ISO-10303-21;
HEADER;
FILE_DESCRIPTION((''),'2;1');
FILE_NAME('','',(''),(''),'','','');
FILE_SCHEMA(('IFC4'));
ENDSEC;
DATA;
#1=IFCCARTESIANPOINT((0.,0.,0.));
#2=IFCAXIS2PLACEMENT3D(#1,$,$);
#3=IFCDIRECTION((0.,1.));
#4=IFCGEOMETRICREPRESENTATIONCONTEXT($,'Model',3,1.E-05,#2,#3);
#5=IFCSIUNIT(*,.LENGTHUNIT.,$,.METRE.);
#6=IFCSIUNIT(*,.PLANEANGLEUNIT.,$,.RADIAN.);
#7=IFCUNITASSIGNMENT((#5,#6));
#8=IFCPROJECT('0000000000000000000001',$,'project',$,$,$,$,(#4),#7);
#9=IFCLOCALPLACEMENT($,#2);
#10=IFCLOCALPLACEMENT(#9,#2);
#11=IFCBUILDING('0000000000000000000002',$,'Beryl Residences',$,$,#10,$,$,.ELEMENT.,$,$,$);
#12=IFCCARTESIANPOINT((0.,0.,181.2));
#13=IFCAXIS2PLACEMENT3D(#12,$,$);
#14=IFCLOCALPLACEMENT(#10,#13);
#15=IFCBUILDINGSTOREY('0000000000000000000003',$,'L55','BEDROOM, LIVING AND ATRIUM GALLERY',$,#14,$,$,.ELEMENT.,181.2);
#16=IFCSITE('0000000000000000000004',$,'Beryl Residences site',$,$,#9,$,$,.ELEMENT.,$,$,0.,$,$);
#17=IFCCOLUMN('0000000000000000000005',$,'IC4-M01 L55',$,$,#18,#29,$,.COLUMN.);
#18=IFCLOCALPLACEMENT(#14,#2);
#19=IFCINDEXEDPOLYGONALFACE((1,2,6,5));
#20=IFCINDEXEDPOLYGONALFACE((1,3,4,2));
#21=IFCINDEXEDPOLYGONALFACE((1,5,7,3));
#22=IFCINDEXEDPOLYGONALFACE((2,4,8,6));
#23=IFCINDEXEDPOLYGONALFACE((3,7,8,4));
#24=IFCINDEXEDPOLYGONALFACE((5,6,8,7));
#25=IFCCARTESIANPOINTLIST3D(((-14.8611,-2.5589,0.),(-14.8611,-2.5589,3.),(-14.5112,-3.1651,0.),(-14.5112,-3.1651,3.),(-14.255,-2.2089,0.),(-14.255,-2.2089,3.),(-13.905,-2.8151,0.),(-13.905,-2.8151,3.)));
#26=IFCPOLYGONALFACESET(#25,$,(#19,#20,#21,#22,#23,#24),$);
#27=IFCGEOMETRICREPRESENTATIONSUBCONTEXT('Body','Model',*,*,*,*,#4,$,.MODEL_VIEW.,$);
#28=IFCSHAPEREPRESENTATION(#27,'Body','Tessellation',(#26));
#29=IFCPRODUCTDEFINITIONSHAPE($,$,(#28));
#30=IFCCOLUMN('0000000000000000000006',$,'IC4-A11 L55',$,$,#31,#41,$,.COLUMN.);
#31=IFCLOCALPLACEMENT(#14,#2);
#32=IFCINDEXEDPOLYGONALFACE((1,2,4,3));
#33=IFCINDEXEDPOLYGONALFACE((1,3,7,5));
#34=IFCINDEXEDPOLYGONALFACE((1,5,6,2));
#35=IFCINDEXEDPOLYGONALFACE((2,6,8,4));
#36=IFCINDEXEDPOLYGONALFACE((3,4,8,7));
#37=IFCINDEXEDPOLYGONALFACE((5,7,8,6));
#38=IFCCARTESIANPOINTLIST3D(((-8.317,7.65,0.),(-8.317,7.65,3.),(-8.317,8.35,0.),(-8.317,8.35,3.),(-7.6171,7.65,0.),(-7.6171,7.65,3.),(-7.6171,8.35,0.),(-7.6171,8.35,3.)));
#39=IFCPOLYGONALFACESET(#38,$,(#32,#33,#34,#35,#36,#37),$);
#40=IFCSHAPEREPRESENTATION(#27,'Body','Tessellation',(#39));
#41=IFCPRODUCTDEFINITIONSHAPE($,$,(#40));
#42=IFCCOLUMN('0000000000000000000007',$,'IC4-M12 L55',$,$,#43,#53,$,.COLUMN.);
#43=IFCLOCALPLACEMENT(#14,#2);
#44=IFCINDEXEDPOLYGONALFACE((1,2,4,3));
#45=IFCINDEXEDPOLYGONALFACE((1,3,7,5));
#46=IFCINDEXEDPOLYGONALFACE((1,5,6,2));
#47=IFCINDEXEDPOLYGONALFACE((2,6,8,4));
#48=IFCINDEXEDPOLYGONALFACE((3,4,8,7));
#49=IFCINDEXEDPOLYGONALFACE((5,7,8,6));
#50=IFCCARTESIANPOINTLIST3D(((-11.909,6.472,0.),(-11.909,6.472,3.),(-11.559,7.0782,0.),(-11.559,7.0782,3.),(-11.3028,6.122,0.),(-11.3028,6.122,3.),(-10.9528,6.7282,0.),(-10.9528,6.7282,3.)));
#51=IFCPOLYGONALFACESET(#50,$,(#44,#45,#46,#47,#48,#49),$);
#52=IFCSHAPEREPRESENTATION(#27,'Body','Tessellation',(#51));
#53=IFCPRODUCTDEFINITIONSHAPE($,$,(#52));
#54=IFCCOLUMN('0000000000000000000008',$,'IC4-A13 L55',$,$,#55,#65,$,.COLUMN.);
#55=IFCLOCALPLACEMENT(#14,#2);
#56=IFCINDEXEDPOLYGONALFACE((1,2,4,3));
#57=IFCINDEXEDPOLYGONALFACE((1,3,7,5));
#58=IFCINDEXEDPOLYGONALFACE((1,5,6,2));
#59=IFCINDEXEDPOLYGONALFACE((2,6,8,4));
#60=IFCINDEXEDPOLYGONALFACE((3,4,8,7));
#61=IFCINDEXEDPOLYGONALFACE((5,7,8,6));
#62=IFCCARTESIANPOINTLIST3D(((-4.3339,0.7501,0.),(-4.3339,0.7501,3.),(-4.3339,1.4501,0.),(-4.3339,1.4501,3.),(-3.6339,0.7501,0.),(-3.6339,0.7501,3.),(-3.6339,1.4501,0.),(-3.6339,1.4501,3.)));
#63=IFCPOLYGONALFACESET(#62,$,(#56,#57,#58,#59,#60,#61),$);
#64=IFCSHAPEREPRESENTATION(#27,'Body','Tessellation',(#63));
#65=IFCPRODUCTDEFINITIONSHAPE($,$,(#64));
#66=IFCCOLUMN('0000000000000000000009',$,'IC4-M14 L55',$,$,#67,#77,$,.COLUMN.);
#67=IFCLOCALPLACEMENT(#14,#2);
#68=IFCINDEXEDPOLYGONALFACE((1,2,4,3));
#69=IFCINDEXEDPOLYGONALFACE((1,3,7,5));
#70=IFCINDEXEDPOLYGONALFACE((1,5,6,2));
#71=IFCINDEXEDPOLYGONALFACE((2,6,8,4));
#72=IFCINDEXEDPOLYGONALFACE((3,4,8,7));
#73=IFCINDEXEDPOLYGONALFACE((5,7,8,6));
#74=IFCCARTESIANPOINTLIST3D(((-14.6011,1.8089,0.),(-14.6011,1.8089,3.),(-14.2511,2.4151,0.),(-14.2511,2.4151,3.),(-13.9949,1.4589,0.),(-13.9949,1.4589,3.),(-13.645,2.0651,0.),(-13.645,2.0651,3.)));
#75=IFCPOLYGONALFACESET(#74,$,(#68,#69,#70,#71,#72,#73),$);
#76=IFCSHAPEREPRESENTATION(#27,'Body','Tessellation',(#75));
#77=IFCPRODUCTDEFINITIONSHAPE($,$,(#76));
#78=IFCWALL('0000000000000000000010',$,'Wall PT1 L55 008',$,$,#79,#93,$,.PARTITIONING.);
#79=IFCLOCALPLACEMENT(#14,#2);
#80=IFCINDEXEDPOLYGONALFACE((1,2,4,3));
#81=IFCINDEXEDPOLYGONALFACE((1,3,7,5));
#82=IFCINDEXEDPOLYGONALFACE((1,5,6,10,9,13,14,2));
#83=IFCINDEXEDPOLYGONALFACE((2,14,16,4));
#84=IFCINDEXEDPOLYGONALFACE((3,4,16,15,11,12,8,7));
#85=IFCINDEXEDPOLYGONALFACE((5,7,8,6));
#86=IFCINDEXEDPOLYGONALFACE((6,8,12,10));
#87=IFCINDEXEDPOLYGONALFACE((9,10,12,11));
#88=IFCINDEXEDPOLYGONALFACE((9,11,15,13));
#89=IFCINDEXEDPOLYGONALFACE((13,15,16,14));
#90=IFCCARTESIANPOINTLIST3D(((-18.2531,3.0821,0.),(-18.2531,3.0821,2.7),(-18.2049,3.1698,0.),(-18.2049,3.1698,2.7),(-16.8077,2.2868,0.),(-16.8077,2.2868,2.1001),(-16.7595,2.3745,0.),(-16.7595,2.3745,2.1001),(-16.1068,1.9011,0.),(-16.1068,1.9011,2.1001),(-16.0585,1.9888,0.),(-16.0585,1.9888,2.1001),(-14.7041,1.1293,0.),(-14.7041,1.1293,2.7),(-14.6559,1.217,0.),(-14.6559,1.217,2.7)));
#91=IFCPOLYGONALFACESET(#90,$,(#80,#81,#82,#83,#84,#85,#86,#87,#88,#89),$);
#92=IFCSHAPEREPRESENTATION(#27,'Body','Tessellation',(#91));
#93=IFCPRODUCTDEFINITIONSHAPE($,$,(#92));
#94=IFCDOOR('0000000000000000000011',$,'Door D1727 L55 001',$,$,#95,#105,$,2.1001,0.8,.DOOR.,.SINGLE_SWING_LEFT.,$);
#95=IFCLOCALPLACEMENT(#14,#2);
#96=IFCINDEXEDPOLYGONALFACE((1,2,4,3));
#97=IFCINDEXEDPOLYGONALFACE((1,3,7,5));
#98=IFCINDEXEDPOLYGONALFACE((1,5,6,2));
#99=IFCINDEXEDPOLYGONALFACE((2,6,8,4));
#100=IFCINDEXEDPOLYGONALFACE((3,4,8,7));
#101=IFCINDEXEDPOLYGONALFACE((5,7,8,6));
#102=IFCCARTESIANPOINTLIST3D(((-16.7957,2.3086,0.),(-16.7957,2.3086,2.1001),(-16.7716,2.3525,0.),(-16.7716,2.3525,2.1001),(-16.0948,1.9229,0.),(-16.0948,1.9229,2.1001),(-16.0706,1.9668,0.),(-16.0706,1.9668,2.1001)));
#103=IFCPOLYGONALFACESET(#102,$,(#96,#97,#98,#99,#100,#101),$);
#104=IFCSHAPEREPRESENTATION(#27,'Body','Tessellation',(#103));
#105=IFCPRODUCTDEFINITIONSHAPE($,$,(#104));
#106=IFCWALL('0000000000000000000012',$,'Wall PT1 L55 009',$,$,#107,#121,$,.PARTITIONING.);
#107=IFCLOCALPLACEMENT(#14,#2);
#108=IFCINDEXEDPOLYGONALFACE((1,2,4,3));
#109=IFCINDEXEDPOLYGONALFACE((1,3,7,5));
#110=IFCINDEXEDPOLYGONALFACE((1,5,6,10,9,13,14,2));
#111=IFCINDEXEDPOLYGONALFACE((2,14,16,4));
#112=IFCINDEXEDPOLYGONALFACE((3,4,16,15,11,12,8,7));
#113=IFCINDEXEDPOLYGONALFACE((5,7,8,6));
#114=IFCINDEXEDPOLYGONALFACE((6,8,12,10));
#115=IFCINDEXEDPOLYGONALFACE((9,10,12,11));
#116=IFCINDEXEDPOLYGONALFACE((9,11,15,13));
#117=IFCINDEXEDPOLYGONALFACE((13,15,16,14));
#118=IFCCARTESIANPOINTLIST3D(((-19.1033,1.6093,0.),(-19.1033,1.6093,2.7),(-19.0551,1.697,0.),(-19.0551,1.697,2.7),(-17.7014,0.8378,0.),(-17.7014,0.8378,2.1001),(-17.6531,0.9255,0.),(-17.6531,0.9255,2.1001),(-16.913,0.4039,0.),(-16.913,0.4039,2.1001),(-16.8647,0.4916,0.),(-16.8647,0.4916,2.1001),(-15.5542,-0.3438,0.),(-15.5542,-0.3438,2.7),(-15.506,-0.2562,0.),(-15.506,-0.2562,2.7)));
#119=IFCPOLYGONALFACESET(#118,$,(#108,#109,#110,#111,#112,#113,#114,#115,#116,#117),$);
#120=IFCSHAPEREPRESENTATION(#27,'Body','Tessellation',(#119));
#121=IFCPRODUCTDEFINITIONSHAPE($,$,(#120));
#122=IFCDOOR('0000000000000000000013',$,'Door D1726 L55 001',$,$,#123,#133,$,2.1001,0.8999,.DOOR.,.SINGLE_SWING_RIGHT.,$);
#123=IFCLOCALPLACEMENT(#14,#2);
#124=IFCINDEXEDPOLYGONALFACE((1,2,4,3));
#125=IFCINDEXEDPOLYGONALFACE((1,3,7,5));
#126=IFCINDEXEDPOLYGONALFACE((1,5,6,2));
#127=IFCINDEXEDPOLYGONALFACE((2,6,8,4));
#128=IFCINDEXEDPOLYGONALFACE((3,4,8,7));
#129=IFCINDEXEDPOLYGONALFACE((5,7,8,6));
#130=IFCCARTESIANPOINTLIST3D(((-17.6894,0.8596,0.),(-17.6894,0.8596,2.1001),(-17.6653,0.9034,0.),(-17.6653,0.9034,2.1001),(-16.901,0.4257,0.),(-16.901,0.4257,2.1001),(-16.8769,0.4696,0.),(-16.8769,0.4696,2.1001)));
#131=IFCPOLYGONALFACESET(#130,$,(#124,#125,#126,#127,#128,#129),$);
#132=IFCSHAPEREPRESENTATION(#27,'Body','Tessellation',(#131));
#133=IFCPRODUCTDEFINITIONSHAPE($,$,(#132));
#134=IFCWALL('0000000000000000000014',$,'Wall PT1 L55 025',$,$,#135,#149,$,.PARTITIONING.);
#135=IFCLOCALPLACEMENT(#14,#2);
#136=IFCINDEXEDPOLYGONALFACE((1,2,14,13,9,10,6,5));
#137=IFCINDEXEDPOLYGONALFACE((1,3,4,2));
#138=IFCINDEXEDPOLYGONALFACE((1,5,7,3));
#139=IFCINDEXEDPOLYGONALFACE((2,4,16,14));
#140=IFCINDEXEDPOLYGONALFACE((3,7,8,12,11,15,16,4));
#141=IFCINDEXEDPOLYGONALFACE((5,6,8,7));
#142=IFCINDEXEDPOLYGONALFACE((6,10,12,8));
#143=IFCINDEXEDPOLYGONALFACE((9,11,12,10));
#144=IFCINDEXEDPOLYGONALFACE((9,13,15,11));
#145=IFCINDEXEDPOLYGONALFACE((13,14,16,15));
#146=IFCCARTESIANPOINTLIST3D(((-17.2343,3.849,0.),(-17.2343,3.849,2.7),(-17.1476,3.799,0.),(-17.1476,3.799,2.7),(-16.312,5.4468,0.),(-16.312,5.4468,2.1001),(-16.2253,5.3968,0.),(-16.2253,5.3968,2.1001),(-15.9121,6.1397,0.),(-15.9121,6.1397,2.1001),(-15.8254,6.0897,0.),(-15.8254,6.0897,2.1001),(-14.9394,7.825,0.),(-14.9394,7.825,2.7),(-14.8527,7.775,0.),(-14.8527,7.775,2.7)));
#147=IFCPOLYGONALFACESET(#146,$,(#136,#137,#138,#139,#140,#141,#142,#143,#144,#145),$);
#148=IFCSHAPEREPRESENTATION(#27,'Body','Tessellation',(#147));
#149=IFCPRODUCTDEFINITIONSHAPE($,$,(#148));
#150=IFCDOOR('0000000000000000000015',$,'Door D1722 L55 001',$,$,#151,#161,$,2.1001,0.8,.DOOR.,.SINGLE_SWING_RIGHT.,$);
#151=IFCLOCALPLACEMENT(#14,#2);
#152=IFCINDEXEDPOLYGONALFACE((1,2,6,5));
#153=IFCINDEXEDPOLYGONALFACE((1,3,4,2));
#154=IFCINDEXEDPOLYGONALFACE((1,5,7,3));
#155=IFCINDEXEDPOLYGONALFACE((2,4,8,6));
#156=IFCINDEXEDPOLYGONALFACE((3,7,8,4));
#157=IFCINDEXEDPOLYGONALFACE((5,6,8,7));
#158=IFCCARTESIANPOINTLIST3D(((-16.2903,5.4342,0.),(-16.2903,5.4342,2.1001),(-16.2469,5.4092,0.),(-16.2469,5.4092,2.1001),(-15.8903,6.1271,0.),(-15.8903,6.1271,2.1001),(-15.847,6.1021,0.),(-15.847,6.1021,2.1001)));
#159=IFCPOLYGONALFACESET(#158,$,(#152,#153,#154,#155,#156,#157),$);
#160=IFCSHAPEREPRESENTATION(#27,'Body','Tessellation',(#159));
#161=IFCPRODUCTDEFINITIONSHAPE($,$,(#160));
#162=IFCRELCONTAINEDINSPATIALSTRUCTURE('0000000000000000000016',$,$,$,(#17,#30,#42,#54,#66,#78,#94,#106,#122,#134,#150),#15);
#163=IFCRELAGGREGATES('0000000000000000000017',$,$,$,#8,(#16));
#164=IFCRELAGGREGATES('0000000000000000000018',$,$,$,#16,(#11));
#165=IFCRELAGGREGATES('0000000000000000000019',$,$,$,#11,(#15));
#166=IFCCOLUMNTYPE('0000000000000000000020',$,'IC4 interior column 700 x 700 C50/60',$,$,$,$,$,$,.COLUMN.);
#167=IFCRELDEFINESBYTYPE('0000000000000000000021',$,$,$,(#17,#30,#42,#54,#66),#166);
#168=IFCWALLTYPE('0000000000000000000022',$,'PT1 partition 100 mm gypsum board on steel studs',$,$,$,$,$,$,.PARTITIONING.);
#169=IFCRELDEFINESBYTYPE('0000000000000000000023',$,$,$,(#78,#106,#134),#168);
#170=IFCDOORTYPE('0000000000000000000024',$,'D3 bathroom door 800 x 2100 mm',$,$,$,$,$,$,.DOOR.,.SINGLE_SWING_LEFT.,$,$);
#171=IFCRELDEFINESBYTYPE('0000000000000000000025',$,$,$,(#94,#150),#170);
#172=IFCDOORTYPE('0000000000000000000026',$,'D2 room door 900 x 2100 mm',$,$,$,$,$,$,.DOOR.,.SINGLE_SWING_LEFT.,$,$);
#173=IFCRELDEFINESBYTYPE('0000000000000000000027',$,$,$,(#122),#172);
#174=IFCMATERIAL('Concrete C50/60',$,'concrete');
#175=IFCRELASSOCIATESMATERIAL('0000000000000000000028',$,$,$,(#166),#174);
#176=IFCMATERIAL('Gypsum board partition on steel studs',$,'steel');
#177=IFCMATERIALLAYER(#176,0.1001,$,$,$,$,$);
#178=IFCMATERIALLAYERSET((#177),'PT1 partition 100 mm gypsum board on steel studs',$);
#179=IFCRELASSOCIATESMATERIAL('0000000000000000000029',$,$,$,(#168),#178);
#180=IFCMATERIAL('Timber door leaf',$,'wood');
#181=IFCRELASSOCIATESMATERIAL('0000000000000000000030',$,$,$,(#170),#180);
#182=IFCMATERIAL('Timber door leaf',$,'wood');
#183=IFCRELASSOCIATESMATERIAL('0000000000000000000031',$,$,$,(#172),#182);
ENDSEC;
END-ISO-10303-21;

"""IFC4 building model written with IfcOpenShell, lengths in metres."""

from ifc_helpers import new_model, si_unit, direction, frame, frame_2d, origin, origin_2d, place, context, subcontext, project, spatial, rectangle, extrude, material, layer, layer_set, material_profile, profile_set, type_object, element, fill, save


model = new_model("IFC4")

# Units and contexts
model_context = context("Model", 3, precision=1e-05, world=origin(), true_north=direction((0.0, 1.0)))
body_context = subcontext(model_context, "Body", "Model", "MODEL_VIEW")
ifc_project = project(units=[si_unit("LENGTHUNIT", "METRE"), si_unit("PLANEANGLEUNIT", "RADIAN")], contexts=[model_context])

# Site, building, storey
site_placement = place(None, origin())
site = spatial("IfcSite", under=ifc_project, at=site_placement, Name="Beryl Residences site", CompositionType="ELEMENT", RefElevation=0.0)
building_placement = place(site_placement, origin())
building = spatial("IfcBuilding", under=site, at=building_placement, Name="Beryl Residences", CompositionType="ELEMENT")
storey_placement = place(building_placement, frame((0.0, 0.0, 181.2)))
storey = spatial("IfcBuildingStorey", under=building, at=storey_placement, Name="L55", Description="BEDROOM, LIVING AND ATRIUM GALLERY", CompositionType="ELEMENT", Elevation=181.2)

# Columns
ifc_material_1 = material(Name="Concrete C50/60", Category="concrete")
ifc_material_profile = material_profile(ifc_material_1, rectangle(XDim=0.7, YDim=0.7, at=origin_2d()))
ifc_profile_set = profile_set([ifc_material_profile], Name="Concrete C50/60")
column_type = type_object("IfcColumnType", Name="IC4 interior column 700 x 700 C50/60", PredefinedType="COLUMN", material=ifc_profile_set)
for number, where, z_axis, x_axis, name in (
    (1, (-14.3831, -2.687, 0.0), (0.0, 0.0, 1.0), (0.5, -0.866025, 0.0), "IC4-M01 L55"),
    (2, (-7.967, 8.0, 0.0), (0.0, 0.0, 1.0), (1.0, 0.0, 0.0), "IC4-A11 L55"),
    (3, (-11.4309, 6.6001, 0.0), (0.0, 0.0, 1.0), (-0.5, -0.866025, 0.0), "IC4-M12 L55"),
    (4, (-3.9839, 1.1001, 0.0), (0.0, 0.0, 1.0), (1.0, 0.0, 0.0), "IC4-A13 L55"),
    (5, (-14.123, 1.937, 0.0), (0.0, 0.0, 1.0), (-0.5, -0.866025, 0.0), "IC4-M14 L55"),
):
    element("IfcColumn", number, at=place(storey_placement, frame(where, z_axis=z_axis, x_axis=x_axis)), inside=storey, type_object=column_type, Name=name, PredefinedType="COLUMN", context=body_context, shape_type="SweptSolid", body=[
        extrude(rectangle(XDim=0.7, YDim=0.7, at=origin_2d()), origin(), (0.0, 0.0, 1.0), 3.0),
    ])

# Walls, openings, doors
ifc_material_2 = material(Name="Gypsum board partition on steel studs", Category="steel")
ifc_layer_1 = layer(ifc_material_2, 0.1001)
ifc_layer_set_1 = layer_set([ifc_layer_1], Name="PT1 partition 100 mm gypsum board on steel studs")
wall_type_1 = type_object("IfcWallType", Name="PT1 partition 100 mm gypsum board on steel studs", PredefinedType="PARTITIONING", material=ifc_layer_set_1)
wall_1_placement = place(storey_placement, frame((-18.229, 3.126, 0.0), z_axis=(0.0, 0.0, 1.0), x_axis=(0.876123, -0.482088, 0.0)))
wall_1 = element("IfcWall", 6, at=wall_1_placement, inside=storey, type_object=wall_type_1, Name="Wall PT1 L55 008", PredefinedType="PARTITIONING", context=body_context, shape_type="SweptSolid", body=[
    extrude(rectangle(XDim=4.0508, YDim=0.1001, at=frame_2d((2.0254, 0.0))), origin(), (0.0, 0.0, 1.0), 2.7),
])
opening_1_placement = place(wall_1_placement, frame((1.6499, 0.0, 0.0)))
opening_1 = element("IfcOpeningElement", 7, at=opening_1_placement, cuts=wall_1, PredefinedType="OPENING", context=body_context, shape_type="SweptSolid", body=[
    extrude(rectangle(XDim=0.8, YDim=2.1001, at=frame_2d((0.3999, 1.05))), frame((0.0, 0.0601, 0.0), z_axis=(0.0, -1.0, 0.0), x_axis=(1.0, 0.0, 0.0)), (0.0, 0.0, 1.0), 0.1201),
])
ifc_material_3 = material(Name="Timber door leaf", Category="wood")
door_type_1 = type_object("IfcDoorType", Name="D3 bathroom door 800 x 2100 mm", OperationType="SINGLE_SWING_LEFT", PredefinedType="DOOR", material=ifc_material_3)
door_1_placement = place(opening_1_placement, origin())
door_1 = element("IfcDoor", 8, at=door_1_placement, inside=storey, type_object=door_type_1, Name="Door D1727 L55 001", OperationType="SINGLE_SWING_LEFT", OverallHeight=2.1001, OverallWidth=0.8, PredefinedType="DOOR", context=body_context, shape_type="SweptSolid", body=[
    extrude(rectangle(XDim=0.8, YDim=2.1001, at=frame_2d((0.3999, 1.05))), frame((0.0, 0.0249, 0.0), z_axis=(0.0, -1.0, 0.0), x_axis=(1.0, 0.0, 0.0)), (0.0, 0.0, 1.0), 0.05),
])
fill(opening_1, door_1)
wall_2_placement = place(storey_placement, frame((-19.0791, 1.6531, 0.0), z_axis=(0.0, 0.0, 1.0), x_axis=(0.876098, -0.482134, 0.0)))
wall_2 = element("IfcWall", 9, at=wall_2_placement, inside=storey, type_object=wall_type_1, Name="Wall PT1 L55 009", PredefinedType="PARTITIONING", context=body_context, shape_type="SweptSolid", body=[
    extrude(rectangle(XDim=4.051, YDim=0.1001, at=frame_2d((2.0254, 0.0))), origin(), (0.0, 0.0, 1.0), 2.7),
])
opening_2_placement = place(wall_2_placement, frame((1.6001, 0.0, 0.0)))
opening_2 = element("IfcOpeningElement", 10, at=opening_2_placement, cuts=wall_2, PredefinedType="OPENING", context=body_context, shape_type="SweptSolid", body=[
    extrude(rectangle(XDim=0.8999, YDim=2.1001, at=frame_2d((0.45, 1.05))), frame((0.0, 0.0601, 0.0), z_axis=(0.0, -1.0, 0.0), x_axis=(1.0, 0.0, 0.0)), (0.0, 0.0, 1.0), 0.1201),
])
ifc_material_4 = material(Name="Timber door leaf", Category="wood")
door_type_2 = type_object("IfcDoorType", Name="D2 room door 900 x 2100 mm", OperationType="SINGLE_SWING_LEFT", PredefinedType="DOOR", material=ifc_material_4)
door_2_placement = place(opening_2_placement, origin())
door_2 = element("IfcDoor", 11, at=door_2_placement, inside=storey, type_object=door_type_2, Name="Door D1726 L55 001", OperationType="SINGLE_SWING_RIGHT", OverallHeight=2.1001, OverallWidth=0.8999, PredefinedType="DOOR", context=body_context, shape_type="SweptSolid", body=[
    extrude(rectangle(XDim=0.8999, YDim=2.1001, at=frame_2d((0.45, 1.05))), frame((0.0, 0.0249, 0.0), z_axis=(0.0, -1.0, 0.0), x_axis=(1.0, 0.0, 0.0)), (0.0, 0.0, 1.0), 0.05),
])
fill(opening_2, door_2)
wall_3_placement = place(storey_placement, frame((-17.1909, 3.824, 0.0), z_axis=(0.0, 0.0, 1.0), x_axis=(0.499891, 0.866088, 0.0)))
wall_3 = element("IfcWall", 12, at=wall_3_placement, inside=storey, type_object=wall_type_1, Name="Wall PT1 L55 025", PredefinedType="PARTITIONING", context=body_context, shape_type="SweptSolid", body=[
    extrude(rectangle(XDim=4.5908, YDim=0.1001, at=frame_2d((2.2954, 0.0))), origin(), (0.0, 0.0, 1.0), 2.7),
])
opening_3_placement = place(wall_3_placement, frame((1.845, 0.0, 0.0)))
opening_3 = element("IfcOpeningElement", 13, at=opening_3_placement, cuts=wall_3, PredefinedType="OPENING", context=body_context, shape_type="SweptSolid", body=[
    extrude(rectangle(XDim=0.8, YDim=2.1001, at=frame_2d((0.3999, 1.05))), frame((0.0, 0.0601, 0.0), z_axis=(0.0, -1.0, 0.0), x_axis=(1.0, 0.0, 0.0)), (0.0, 0.0, 1.0), 0.1201),
])
door_3_placement = place(opening_3_placement, origin())
door_3 = element("IfcDoor", 14, at=door_3_placement, inside=storey, type_object=door_type_1, Name="Door D1722 L55 001", OperationType="SINGLE_SWING_RIGHT", OverallHeight=2.1001, OverallWidth=0.8, PredefinedType="DOOR", context=body_context, shape_type="SweptSolid", body=[
    extrude(rectangle(XDim=0.8, YDim=2.1001, at=frame_2d((0.3999, 1.05))), frame((0.0, 0.0249, 0.0), z_axis=(0.0, -1.0, 0.0), x_axis=(1.0, 0.0, 0.0)), (0.0, 0.0, 1.0), 0.05),
])
fill(opening_3, door_3)

save(model, "model.ifc")
